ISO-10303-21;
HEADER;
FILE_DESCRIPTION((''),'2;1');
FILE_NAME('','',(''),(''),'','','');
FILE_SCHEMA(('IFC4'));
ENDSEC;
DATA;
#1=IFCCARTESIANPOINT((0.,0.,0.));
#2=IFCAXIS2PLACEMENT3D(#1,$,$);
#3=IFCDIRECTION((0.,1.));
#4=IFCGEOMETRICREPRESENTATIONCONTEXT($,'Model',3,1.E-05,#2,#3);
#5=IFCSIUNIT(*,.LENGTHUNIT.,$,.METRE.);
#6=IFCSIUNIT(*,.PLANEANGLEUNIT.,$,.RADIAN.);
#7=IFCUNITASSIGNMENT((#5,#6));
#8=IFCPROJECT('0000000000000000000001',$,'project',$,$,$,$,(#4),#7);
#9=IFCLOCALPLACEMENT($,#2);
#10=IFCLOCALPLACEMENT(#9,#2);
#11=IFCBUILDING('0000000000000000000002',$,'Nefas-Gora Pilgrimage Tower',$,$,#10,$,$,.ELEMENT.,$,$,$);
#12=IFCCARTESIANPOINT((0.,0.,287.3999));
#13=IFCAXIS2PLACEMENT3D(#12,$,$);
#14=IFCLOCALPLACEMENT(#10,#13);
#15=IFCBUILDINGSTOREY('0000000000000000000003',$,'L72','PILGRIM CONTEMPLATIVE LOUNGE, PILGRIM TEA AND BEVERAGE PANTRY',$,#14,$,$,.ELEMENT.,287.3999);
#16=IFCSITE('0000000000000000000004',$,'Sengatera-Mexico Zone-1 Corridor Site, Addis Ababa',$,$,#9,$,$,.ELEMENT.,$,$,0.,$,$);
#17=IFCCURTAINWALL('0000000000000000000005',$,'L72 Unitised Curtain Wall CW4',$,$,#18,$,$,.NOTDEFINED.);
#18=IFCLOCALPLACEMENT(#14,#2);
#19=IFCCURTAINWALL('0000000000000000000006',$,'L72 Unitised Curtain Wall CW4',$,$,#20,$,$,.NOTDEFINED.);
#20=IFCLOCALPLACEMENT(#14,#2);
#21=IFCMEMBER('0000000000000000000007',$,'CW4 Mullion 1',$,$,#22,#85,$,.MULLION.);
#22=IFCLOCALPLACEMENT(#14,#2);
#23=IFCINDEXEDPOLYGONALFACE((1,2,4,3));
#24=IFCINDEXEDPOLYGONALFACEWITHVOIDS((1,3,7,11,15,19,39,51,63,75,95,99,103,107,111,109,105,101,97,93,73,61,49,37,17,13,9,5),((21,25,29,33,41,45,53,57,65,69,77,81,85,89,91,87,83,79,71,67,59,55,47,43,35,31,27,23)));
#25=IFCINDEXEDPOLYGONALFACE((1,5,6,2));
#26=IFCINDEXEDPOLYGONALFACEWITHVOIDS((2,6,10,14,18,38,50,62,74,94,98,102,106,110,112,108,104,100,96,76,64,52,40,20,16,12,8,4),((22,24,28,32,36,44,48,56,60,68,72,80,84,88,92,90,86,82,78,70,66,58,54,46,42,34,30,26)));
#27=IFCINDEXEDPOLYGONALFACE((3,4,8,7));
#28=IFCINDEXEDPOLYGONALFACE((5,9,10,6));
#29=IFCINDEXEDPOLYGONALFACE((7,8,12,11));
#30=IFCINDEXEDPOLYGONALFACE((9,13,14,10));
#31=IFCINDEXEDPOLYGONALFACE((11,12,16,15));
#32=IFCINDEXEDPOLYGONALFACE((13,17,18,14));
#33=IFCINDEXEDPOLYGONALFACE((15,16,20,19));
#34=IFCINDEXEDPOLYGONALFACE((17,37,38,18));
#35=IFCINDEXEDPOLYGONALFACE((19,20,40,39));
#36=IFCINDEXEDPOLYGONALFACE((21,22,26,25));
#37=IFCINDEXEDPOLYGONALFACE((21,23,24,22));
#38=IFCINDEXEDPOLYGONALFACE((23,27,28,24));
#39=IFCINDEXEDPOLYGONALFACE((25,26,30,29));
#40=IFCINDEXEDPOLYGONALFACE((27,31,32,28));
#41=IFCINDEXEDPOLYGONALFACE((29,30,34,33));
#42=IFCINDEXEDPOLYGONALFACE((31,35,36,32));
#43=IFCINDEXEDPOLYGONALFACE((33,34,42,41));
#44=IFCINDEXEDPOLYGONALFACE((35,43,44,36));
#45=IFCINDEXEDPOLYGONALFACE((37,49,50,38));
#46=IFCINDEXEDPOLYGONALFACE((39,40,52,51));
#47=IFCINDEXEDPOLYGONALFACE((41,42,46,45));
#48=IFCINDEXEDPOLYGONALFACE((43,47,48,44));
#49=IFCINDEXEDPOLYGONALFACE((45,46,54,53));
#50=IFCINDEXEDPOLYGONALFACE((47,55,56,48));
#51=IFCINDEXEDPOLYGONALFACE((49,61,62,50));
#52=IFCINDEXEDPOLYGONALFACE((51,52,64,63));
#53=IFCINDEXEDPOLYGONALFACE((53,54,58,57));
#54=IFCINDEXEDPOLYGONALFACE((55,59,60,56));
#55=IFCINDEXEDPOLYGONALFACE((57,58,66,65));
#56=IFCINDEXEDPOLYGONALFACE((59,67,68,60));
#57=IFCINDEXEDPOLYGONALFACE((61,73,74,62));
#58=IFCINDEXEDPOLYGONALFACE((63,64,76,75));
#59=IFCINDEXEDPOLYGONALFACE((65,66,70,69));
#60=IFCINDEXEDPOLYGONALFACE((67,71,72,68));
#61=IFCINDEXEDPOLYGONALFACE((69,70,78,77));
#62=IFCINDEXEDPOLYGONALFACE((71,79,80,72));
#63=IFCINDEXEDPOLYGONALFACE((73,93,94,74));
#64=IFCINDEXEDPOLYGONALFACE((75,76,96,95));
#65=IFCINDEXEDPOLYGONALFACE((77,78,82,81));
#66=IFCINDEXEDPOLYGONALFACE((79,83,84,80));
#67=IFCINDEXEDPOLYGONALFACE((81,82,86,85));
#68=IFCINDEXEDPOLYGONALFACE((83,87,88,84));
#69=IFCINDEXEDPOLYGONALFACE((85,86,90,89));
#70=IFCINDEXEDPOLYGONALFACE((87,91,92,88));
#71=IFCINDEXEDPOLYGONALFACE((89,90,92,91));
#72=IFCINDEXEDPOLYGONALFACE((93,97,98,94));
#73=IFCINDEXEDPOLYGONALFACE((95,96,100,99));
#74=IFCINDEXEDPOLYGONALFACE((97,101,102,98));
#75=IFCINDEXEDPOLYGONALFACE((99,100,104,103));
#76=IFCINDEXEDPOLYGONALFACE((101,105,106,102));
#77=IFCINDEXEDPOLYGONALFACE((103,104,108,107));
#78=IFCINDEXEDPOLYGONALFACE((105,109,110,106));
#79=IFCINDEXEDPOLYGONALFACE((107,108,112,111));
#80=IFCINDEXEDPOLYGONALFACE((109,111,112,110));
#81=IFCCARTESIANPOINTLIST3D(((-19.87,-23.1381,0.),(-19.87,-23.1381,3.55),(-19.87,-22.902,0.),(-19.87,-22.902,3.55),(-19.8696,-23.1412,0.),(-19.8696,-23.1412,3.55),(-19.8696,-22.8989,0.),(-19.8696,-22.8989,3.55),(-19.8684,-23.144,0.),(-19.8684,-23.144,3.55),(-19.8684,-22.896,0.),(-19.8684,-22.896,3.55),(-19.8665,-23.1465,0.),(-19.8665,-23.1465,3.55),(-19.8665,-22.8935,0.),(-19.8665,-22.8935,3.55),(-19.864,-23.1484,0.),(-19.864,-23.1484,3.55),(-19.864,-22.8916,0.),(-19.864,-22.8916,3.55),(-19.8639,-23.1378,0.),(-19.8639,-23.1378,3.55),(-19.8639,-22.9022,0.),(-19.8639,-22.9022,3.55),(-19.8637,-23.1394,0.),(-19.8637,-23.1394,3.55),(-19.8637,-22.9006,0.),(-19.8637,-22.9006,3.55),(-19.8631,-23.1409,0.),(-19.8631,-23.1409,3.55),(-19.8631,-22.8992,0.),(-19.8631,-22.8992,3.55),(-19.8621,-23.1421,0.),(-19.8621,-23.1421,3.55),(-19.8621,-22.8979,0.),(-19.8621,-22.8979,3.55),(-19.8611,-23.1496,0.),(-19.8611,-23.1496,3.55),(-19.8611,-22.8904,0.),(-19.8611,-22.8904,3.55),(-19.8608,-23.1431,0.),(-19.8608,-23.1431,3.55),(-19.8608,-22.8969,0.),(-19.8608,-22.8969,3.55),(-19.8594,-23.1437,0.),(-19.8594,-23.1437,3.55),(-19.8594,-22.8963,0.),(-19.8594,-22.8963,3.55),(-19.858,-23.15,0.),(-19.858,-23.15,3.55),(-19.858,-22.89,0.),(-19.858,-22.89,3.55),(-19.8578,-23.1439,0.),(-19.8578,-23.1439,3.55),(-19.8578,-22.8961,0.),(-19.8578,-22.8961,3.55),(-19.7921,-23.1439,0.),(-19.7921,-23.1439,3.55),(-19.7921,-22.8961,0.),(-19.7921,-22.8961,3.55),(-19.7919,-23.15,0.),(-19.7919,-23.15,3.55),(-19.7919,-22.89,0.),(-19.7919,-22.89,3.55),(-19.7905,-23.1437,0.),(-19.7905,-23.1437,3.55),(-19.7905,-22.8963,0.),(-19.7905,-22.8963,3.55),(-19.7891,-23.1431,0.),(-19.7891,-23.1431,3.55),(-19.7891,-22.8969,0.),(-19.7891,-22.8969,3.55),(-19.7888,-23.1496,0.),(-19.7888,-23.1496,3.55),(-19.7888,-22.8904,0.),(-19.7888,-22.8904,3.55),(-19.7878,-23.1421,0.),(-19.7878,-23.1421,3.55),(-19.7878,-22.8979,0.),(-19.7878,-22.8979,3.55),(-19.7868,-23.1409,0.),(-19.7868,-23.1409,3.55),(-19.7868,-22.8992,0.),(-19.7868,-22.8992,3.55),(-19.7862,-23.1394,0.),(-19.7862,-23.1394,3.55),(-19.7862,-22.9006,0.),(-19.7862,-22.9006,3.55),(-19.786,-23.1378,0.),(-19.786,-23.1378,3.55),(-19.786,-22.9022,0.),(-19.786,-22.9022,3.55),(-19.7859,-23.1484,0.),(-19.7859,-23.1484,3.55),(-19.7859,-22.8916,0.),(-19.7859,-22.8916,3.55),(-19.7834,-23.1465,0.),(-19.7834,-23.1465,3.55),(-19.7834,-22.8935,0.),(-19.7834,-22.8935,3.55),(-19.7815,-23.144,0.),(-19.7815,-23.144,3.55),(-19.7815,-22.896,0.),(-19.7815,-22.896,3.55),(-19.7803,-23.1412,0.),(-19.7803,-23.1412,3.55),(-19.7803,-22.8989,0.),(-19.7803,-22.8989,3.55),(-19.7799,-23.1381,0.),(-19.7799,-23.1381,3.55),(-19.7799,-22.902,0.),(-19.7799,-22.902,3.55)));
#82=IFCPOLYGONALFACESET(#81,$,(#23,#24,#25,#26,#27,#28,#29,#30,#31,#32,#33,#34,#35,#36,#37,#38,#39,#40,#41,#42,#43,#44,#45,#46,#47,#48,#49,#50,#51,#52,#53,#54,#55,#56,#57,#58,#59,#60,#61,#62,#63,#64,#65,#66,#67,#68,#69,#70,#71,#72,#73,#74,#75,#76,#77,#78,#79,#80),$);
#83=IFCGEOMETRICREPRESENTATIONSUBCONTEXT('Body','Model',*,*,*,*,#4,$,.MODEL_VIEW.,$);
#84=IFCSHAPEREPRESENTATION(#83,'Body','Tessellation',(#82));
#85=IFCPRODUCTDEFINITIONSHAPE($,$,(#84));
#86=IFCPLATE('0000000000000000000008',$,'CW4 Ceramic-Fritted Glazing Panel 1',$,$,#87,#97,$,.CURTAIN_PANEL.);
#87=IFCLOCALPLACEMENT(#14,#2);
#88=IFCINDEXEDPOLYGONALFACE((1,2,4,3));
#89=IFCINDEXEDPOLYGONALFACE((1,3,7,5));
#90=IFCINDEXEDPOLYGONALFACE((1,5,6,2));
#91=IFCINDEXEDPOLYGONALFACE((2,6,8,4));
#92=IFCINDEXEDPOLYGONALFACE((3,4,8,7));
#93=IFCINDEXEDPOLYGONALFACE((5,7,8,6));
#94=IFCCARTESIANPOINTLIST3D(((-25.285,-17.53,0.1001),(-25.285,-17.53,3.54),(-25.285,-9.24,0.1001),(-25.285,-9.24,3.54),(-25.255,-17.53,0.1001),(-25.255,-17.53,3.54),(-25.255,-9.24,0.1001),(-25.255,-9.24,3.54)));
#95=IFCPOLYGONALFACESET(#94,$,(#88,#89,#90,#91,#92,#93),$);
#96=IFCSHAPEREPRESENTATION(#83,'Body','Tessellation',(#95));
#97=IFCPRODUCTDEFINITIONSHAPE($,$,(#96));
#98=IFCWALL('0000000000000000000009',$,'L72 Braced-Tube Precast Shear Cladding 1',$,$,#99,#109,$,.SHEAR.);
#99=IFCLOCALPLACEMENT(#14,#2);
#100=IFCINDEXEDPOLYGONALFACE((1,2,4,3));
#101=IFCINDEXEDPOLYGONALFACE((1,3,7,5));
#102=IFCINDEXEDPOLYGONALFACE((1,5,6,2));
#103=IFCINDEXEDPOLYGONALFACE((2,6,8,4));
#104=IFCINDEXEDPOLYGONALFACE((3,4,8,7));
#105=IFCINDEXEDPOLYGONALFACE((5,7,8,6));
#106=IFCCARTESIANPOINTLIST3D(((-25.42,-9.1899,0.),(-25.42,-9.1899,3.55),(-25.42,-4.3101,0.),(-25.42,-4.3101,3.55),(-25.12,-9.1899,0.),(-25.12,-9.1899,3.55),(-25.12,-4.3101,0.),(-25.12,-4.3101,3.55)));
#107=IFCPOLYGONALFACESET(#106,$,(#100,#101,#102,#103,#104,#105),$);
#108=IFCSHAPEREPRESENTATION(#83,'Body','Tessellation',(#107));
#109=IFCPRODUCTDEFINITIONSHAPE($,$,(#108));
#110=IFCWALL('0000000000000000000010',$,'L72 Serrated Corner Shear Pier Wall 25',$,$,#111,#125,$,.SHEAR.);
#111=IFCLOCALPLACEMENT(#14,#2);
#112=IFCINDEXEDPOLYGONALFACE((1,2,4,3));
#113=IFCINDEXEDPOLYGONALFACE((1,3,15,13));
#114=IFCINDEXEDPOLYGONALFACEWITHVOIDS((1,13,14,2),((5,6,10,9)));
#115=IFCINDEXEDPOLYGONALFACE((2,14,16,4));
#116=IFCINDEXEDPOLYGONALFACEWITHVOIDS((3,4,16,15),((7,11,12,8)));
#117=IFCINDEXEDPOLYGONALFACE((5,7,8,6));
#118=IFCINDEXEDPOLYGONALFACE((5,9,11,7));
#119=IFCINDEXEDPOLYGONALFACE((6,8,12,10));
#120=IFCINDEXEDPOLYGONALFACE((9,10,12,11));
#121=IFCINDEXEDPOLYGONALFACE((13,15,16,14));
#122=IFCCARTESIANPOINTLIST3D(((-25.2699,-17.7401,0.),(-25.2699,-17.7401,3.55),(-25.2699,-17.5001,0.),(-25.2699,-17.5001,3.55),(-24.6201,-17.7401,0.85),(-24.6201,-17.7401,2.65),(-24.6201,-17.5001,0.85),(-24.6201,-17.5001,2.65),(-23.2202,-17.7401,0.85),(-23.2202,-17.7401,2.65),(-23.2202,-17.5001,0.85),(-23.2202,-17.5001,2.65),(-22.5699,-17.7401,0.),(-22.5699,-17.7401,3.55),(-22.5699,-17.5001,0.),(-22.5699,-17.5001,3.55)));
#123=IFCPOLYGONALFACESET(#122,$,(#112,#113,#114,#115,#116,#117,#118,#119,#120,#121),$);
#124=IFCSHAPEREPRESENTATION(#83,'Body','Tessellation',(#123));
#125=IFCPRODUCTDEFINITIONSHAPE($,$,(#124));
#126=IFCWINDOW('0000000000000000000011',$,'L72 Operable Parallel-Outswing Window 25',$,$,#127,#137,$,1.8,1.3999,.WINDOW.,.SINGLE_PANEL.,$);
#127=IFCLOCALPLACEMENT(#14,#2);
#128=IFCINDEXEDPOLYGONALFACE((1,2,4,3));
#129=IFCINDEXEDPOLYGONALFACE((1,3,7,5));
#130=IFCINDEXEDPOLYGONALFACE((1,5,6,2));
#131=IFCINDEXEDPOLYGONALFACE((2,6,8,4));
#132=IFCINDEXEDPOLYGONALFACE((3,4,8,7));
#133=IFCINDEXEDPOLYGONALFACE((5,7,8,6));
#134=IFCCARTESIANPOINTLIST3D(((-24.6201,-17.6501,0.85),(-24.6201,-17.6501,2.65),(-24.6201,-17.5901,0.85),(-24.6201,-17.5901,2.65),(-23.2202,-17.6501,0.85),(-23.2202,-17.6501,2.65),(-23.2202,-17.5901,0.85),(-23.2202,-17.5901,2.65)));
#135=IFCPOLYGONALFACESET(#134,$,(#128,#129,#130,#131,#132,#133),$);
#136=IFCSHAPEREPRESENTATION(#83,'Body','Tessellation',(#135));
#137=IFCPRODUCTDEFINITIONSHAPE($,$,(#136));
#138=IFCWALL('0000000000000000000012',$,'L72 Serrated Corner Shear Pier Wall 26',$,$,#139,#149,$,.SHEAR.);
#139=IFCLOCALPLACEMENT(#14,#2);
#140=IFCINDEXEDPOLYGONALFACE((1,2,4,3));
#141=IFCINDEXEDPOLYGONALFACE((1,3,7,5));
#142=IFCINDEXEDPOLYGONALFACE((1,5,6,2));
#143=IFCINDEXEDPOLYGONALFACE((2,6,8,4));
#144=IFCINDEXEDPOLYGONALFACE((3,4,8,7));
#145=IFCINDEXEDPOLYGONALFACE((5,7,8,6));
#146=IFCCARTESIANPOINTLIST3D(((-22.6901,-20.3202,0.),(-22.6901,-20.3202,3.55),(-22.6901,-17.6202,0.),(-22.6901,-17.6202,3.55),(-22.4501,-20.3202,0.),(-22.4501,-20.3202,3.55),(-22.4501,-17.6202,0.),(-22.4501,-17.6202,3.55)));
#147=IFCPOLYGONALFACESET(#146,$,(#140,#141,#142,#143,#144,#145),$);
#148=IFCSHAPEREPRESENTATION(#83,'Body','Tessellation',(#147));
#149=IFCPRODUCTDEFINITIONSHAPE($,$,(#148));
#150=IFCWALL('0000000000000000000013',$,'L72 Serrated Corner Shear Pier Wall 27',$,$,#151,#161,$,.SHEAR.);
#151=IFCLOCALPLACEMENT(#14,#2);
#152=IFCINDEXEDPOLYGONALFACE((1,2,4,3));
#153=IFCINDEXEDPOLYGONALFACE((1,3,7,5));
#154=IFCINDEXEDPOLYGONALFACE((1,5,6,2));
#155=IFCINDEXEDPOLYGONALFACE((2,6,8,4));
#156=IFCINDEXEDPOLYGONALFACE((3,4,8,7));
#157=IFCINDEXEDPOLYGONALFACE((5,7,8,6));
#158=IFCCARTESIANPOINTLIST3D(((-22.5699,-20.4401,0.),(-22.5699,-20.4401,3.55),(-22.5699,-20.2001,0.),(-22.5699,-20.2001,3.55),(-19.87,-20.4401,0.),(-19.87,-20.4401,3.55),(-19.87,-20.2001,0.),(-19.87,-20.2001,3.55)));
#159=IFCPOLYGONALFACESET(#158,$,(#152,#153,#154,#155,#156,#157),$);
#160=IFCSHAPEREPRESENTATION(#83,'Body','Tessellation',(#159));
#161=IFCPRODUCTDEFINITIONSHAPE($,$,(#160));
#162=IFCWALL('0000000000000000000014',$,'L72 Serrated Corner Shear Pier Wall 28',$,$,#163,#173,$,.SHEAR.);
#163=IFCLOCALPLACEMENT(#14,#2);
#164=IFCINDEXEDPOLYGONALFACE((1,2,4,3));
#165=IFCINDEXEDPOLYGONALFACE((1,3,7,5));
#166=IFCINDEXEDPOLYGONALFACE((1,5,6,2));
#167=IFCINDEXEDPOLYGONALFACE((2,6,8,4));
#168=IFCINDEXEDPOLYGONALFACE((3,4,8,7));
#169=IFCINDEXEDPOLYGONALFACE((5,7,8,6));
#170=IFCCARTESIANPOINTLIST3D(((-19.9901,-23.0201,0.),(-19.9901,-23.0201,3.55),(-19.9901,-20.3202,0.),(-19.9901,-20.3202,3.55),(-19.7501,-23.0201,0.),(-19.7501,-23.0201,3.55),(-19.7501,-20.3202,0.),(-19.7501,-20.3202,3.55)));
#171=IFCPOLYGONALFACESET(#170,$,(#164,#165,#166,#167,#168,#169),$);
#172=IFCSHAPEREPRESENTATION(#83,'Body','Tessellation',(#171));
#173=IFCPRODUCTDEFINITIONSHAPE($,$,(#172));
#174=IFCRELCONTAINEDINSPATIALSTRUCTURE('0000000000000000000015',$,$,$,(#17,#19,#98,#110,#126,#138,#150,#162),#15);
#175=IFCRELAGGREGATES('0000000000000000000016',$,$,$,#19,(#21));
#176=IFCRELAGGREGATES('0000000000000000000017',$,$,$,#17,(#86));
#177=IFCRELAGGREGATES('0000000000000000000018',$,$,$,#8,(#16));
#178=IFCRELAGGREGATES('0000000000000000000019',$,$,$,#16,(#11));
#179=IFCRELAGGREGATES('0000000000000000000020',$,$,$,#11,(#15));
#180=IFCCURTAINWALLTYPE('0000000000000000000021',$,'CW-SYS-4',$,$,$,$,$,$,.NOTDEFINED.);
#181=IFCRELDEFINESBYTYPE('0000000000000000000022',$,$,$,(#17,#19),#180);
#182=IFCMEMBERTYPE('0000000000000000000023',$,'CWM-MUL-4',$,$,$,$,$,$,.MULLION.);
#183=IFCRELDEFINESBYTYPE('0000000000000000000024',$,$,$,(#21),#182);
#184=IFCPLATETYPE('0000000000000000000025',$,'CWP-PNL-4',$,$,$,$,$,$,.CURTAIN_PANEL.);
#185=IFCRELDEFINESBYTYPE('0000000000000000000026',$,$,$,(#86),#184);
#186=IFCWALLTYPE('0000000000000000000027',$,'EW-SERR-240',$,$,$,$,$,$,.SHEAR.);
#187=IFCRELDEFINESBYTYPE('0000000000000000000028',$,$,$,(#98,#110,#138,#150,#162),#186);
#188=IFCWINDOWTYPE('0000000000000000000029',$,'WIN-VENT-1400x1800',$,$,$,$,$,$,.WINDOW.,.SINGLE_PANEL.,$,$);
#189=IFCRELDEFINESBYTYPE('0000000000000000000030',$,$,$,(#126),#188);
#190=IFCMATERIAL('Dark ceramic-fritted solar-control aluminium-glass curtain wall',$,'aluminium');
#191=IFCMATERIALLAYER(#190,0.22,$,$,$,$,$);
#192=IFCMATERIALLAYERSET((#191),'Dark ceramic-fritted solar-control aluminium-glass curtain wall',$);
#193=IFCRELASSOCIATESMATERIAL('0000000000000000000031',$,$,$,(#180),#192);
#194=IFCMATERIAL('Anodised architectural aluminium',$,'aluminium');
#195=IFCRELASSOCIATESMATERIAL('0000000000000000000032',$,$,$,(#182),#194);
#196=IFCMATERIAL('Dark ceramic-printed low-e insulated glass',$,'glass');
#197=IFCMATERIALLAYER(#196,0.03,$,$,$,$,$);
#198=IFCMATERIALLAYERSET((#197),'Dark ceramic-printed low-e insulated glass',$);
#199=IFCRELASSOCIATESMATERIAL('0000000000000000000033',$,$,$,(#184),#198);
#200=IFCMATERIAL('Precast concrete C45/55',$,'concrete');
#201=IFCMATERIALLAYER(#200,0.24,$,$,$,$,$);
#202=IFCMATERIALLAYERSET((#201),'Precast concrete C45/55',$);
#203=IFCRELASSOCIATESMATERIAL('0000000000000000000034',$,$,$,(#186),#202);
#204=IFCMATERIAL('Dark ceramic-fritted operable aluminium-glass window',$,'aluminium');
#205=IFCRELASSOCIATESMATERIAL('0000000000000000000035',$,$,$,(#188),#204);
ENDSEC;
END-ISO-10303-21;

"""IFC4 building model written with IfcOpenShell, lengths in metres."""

from ifc_helpers import new_model, si_unit, direction, frame, frame_2d, origin, origin_2d, place, context, subcontext, project, spatial, rectangle, hollow_rectangle, extrude, source, transform, mapped, material, layer, layer_set, material_profile, profile_set, type_object, element, fill, aggregate, save


model = new_model("IFC4")

# Units and contexts
model_context = context("Model", 3, precision=1e-05, world=origin(), true_north=direction((0.0, 1.0)))
body_context = subcontext(model_context, "Body", "Model", "MODEL_VIEW")
ifc_project = project(units=[si_unit("LENGTHUNIT", "METRE"), si_unit("PLANEANGLEUNIT", "RADIAN")], contexts=[model_context])

# Site, building, storey
site_placement = place(None, origin())
site = spatial("IfcSite", under=ifc_project, at=site_placement, Name="Sengatera-Mexico Zone-1 Corridor Site, Addis Ababa", CompositionType="ELEMENT", RefElevation=0.0)
building_placement = place(site_placement, origin())
building = spatial("IfcBuilding", under=site, at=building_placement, Name="Nefas-Gora Pilgrimage Tower", CompositionType="ELEMENT")
storey_placement = place(building_placement, frame((0.0, 0.0, 287.3999)))
storey = spatial("IfcBuildingStorey", under=building, at=storey_placement, Name="L72", Description="PILGRIM CONTEMPLATIVE LOUNGE, PILGRIM TEA AND BEVERAGE PANTRY", CompositionType="ELEMENT", Elevation=287.3999)

# Curtain walls
ifc_material_1 = material(Name="Dark ceramic-fritted solar-control aluminium-glass curtain wall", Category="aluminium")
ifc_layer_1 = layer(ifc_material_1, 0.22)
ifc_layer_set_1 = layer_set([ifc_layer_1], Name="Dark ceramic-fritted solar-control aluminium-glass curtain wall")
curtain_wall_type = type_object("IfcCurtainWallType", Name="CW-SYS-4", PredefinedType="NOTDEFINED", material=ifc_layer_set_1)
curtain_wall_1_placement = place(storey_placement, origin())
curtain_wall_1 = element("IfcCurtainWall", 1, at=curtain_wall_1_placement, inside=storey, type_object=curtain_wall_type, Name="L72 Unitised Curtain Wall CW4", PredefinedType="NOTDEFINED")
ifc_material_2 = material(Name="Anodised architectural aluminium", Category="aluminium")
curtain_wall_2_placement = place(storey_placement, origin())
curtain_wall_2 = element("IfcCurtainWall", 2, at=curtain_wall_2_placement, inside=storey, type_object=curtain_wall_type, Name="L72 Unitised Curtain Wall CW4", PredefinedType="NOTDEFINED")

# Member
ifc_material_profile_1 = material_profile(ifc_material_2, hollow_rectangle(XDim=0.0901, YDim=0.26, WallThickness=0.0061, InnerFilletRadius=0.0061, OuterFilletRadius=0.012, at=origin_2d()), Name="ALU MULLION 90x260")
ifc_profile_set_1 = profile_set([ifc_material_profile_1], Name="Anodised architectural aluminium")
member_type_1 = type_object("IfcMemberType", Name="CWM-MUL-4", PredefinedType="MULLION", material=ifc_profile_set_1)
shared_shape_1 = source(origin(), body_context, "Body", "SweptSolid", [
    extrude(hollow_rectangle(XDim=0.0901, YDim=0.26, WallThickness=0.0061, InnerFilletRadius=0.0061, OuterFilletRadius=0.012, at=origin_2d()), origin(), (0.0, 0.0, 1.0), 3.55),
])
member_1_placement = place(storey_placement, frame((-19.825, -23.02, 0.0), z_axis=(0.0, 0.0, 1.0), x_axis=(1.0, 0.0, 0.0)))
member_1 = element("IfcMember", 3, at=member_1_placement, type_object=member_type_1, Name="CW4 Mullion 1", PredefinedType="MULLION", context=body_context, shape_type="MappedRepresentation", body=[
    mapped(shared_shape_1, transform((0.0, 0.0, 0.0), x_axis=(1.0, 0.0, 0.0), y_axis=(0.0, 1.0, 0.0), z_axis=(0.0, 0.0, 1.0), scale=1.0)),
])
aggregate(curtain_wall_2, [member_1])

# Plate
ifc_material_3 = material(Name="Dark ceramic-printed low-e insulated glass", Category="glass")
ifc_layer_2 = layer(ifc_material_3, 0.03)
ifc_layer_set_2 = layer_set([ifc_layer_2], Name="Dark ceramic-printed low-e insulated glass")
plate_type = type_object("IfcPlateType", Name="CWP-PNL-4", PredefinedType="CURTAIN_PANEL", material=ifc_layer_set_2)
shared_shape_2 = source(origin(), body_context, "Body", "SweptSolid", [
    extrude(rectangle(XDim=8.29, YDim=0.03, at=origin_2d()), origin(), (0.0, 0.0, 1.0), 3.4399),
])
plate_placement = place(storey_placement, frame((-25.27, -13.385, 0.1001), z_axis=(0.0, 0.0, 1.0), x_axis=(0.0, -1.0, 0.0)))
plate = element("IfcPlate", 4, at=plate_placement, type_object=plate_type, Name="CW4 Ceramic-Fritted Glazing Panel 1", PredefinedType="CURTAIN_PANEL", context=body_context, shape_type="MappedRepresentation", body=[
    mapped(shared_shape_2, transform((0.0, 0.0, 0.0), x_axis=(1.0, 0.0, 0.0), y_axis=(0.0, 1.0, 0.0), z_axis=(0.0, 0.0, 1.0), scale=1.0)),
])
aggregate(curtain_wall_1, [plate])

# Wall
ifc_material_4 = material(Name="Precast concrete C45/55", Category="concrete")
ifc_layer_3 = layer(ifc_material_4, 0.24)
ifc_layer_set_3 = layer_set([ifc_layer_3], Name="Precast concrete C45/55")
wall_type_1 = type_object("IfcWallType", Name="EW-SERR-240", PredefinedType="SHEAR", material=ifc_layer_set_3)
shared_shape_3 = source(origin(), body_context, "Body", "SweptSolid", [
    extrude(rectangle(XDim=4.8799, YDim=0.3, at=frame_2d((2.4399, 0.0))), origin(), (0.0, 0.0, 1.0), 3.55),
])
wall_1_placement = place(storey_placement, frame((-25.27, -9.1899, 0.0), z_axis=(0.0, 0.0, 1.0), x_axis=(0.0, 1.0, 0.0)))
element("IfcWall", 5, at=wall_1_placement, inside=storey, type_object=wall_type_1, Name="L72 Braced-Tube Precast Shear Cladding 1", PredefinedType="SHEAR", context=body_context, shape_type="MappedRepresentation", body=[
    mapped(shared_shape_3, transform((0.0, 0.0, 0.0), x_axis=(1.0, 0.0, 0.0), y_axis=(0.0, 1.0, 0.0), z_axis=(0.0, 0.0, 1.0), scale=1.0)),
])

# Wall, opening, window
shared_shape_4 = source(origin(), body_context, "Body", "SweptSolid", [
    extrude(rectangle(XDim=2.7, YDim=0.24, at=frame_2d((1.3501, 0.0))), origin(), (0.0, 0.0, 1.0), 3.55),
])
wall_2_placement = place(storey_placement, frame((-25.27, -17.6201, 0.0), z_axis=(0.0, 0.0, 1.0), x_axis=(1.0, 0.0, 0.0)))
wall_2 = element("IfcWall", 6, at=wall_2_placement, inside=storey, type_object=wall_type_1, Name="L72 Serrated Corner Shear Pier Wall 25", PredefinedType="SHEAR", context=body_context, shape_type="MappedRepresentation", body=[
    mapped(shared_shape_4, transform((0.0, 0.0, 0.0), x_axis=(1.0, 0.0, 0.0), y_axis=(0.0, 1.0, 0.0), z_axis=(0.0, 0.0, 1.0), scale=1.0)),
])
opening_1_placement = place(wall_2_placement, frame((0.6499, 0.0, 0.8501)))
opening_1 = element("IfcOpeningElement", 7, at=opening_1_placement, cuts=wall_2, PredefinedType="OPENING", context=body_context, shape_type="SweptSolid", body=[
    extrude(rectangle(XDim=1.3999, YDim=1.8, at=frame_2d((0.7, 0.8999))), frame((0.0, 0.1299, 0.0), z_axis=(0.0, -1.0, 0.0), x_axis=(1.0, 0.0, 0.0)), (0.0, 0.0, 1.0), 0.26),
])
ifc_material_5 = material(Name="Dark ceramic-fritted operable aluminium-glass window", Category="aluminium")
window_type = type_object("IfcWindowType", Name="WIN-VENT-1400x1800", PartitioningType="SINGLE_PANEL", PredefinedType="WINDOW", material=ifc_material_5)
shared_shape_5 = source(origin(), body_context, "Body", "SweptSolid", [
    extrude(rectangle(XDim=1.3999, YDim=1.8, at=frame_2d((0.7, 0.8999))), frame((0.0, 0.03, 0.0), z_axis=(0.0, -1.0, 0.0), x_axis=(1.0, 0.0, 0.0)), (0.0, 0.0, 1.0), 0.0601),
])
window_placement = place(opening_1_placement, origin())
window = element("IfcWindow", 8, at=window_placement, inside=storey, type_object=window_type, Name="L72 Operable Parallel-Outswing Window 25", OverallHeight=1.8, OverallWidth=1.3999, PartitioningType="SINGLE_PANEL", PredefinedType="WINDOW", context=body_context, shape_type="MappedRepresentation", body=[
    mapped(shared_shape_5, transform((0.0, 0.0, 0.0), x_axis=(1.0, 0.0, 0.0), y_axis=(0.0, 1.0, 0.0), z_axis=(0.0, 0.0, 1.0), scale=1.0)),
])
fill(opening_1, window)

# Walls
for number, where, z_axis, x_axis, name in (
    (9, (-22.5701, -17.6201, 0.0), (0.0, 0.0, 1.0), (0.0, -1.0, 0.0), "L72 Serrated Corner Shear Pier Wall 26"),
    (10, (-22.5701, -20.3201, 0.0), (0.0, 0.0, 1.0), (1.0, 0.0, 0.0), "L72 Serrated Corner Shear Pier Wall 27"),
    (11, (-19.8701, -20.3201, 0.0), (0.0, 0.0, 1.0), (0.0, -1.0, 0.0), "L72 Serrated Corner Shear Pier Wall 28"),
):
    element("IfcWall", number, at=place(storey_placement, frame(where, z_axis=z_axis, x_axis=x_axis)), inside=storey, type_object=wall_type_1, Name=name, PredefinedType="SHEAR", context=body_context, shape_type="MappedRepresentation", body=[
        mapped(shared_shape_4, transform((0.0, 0.0, 0.0), x_axis=(1.0, 0.0, 0.0), y_axis=(0.0, 1.0, 0.0), z_axis=(0.0, 0.0, 1.0), scale=1.0)),
    ])

save(model, "model.ifc")
